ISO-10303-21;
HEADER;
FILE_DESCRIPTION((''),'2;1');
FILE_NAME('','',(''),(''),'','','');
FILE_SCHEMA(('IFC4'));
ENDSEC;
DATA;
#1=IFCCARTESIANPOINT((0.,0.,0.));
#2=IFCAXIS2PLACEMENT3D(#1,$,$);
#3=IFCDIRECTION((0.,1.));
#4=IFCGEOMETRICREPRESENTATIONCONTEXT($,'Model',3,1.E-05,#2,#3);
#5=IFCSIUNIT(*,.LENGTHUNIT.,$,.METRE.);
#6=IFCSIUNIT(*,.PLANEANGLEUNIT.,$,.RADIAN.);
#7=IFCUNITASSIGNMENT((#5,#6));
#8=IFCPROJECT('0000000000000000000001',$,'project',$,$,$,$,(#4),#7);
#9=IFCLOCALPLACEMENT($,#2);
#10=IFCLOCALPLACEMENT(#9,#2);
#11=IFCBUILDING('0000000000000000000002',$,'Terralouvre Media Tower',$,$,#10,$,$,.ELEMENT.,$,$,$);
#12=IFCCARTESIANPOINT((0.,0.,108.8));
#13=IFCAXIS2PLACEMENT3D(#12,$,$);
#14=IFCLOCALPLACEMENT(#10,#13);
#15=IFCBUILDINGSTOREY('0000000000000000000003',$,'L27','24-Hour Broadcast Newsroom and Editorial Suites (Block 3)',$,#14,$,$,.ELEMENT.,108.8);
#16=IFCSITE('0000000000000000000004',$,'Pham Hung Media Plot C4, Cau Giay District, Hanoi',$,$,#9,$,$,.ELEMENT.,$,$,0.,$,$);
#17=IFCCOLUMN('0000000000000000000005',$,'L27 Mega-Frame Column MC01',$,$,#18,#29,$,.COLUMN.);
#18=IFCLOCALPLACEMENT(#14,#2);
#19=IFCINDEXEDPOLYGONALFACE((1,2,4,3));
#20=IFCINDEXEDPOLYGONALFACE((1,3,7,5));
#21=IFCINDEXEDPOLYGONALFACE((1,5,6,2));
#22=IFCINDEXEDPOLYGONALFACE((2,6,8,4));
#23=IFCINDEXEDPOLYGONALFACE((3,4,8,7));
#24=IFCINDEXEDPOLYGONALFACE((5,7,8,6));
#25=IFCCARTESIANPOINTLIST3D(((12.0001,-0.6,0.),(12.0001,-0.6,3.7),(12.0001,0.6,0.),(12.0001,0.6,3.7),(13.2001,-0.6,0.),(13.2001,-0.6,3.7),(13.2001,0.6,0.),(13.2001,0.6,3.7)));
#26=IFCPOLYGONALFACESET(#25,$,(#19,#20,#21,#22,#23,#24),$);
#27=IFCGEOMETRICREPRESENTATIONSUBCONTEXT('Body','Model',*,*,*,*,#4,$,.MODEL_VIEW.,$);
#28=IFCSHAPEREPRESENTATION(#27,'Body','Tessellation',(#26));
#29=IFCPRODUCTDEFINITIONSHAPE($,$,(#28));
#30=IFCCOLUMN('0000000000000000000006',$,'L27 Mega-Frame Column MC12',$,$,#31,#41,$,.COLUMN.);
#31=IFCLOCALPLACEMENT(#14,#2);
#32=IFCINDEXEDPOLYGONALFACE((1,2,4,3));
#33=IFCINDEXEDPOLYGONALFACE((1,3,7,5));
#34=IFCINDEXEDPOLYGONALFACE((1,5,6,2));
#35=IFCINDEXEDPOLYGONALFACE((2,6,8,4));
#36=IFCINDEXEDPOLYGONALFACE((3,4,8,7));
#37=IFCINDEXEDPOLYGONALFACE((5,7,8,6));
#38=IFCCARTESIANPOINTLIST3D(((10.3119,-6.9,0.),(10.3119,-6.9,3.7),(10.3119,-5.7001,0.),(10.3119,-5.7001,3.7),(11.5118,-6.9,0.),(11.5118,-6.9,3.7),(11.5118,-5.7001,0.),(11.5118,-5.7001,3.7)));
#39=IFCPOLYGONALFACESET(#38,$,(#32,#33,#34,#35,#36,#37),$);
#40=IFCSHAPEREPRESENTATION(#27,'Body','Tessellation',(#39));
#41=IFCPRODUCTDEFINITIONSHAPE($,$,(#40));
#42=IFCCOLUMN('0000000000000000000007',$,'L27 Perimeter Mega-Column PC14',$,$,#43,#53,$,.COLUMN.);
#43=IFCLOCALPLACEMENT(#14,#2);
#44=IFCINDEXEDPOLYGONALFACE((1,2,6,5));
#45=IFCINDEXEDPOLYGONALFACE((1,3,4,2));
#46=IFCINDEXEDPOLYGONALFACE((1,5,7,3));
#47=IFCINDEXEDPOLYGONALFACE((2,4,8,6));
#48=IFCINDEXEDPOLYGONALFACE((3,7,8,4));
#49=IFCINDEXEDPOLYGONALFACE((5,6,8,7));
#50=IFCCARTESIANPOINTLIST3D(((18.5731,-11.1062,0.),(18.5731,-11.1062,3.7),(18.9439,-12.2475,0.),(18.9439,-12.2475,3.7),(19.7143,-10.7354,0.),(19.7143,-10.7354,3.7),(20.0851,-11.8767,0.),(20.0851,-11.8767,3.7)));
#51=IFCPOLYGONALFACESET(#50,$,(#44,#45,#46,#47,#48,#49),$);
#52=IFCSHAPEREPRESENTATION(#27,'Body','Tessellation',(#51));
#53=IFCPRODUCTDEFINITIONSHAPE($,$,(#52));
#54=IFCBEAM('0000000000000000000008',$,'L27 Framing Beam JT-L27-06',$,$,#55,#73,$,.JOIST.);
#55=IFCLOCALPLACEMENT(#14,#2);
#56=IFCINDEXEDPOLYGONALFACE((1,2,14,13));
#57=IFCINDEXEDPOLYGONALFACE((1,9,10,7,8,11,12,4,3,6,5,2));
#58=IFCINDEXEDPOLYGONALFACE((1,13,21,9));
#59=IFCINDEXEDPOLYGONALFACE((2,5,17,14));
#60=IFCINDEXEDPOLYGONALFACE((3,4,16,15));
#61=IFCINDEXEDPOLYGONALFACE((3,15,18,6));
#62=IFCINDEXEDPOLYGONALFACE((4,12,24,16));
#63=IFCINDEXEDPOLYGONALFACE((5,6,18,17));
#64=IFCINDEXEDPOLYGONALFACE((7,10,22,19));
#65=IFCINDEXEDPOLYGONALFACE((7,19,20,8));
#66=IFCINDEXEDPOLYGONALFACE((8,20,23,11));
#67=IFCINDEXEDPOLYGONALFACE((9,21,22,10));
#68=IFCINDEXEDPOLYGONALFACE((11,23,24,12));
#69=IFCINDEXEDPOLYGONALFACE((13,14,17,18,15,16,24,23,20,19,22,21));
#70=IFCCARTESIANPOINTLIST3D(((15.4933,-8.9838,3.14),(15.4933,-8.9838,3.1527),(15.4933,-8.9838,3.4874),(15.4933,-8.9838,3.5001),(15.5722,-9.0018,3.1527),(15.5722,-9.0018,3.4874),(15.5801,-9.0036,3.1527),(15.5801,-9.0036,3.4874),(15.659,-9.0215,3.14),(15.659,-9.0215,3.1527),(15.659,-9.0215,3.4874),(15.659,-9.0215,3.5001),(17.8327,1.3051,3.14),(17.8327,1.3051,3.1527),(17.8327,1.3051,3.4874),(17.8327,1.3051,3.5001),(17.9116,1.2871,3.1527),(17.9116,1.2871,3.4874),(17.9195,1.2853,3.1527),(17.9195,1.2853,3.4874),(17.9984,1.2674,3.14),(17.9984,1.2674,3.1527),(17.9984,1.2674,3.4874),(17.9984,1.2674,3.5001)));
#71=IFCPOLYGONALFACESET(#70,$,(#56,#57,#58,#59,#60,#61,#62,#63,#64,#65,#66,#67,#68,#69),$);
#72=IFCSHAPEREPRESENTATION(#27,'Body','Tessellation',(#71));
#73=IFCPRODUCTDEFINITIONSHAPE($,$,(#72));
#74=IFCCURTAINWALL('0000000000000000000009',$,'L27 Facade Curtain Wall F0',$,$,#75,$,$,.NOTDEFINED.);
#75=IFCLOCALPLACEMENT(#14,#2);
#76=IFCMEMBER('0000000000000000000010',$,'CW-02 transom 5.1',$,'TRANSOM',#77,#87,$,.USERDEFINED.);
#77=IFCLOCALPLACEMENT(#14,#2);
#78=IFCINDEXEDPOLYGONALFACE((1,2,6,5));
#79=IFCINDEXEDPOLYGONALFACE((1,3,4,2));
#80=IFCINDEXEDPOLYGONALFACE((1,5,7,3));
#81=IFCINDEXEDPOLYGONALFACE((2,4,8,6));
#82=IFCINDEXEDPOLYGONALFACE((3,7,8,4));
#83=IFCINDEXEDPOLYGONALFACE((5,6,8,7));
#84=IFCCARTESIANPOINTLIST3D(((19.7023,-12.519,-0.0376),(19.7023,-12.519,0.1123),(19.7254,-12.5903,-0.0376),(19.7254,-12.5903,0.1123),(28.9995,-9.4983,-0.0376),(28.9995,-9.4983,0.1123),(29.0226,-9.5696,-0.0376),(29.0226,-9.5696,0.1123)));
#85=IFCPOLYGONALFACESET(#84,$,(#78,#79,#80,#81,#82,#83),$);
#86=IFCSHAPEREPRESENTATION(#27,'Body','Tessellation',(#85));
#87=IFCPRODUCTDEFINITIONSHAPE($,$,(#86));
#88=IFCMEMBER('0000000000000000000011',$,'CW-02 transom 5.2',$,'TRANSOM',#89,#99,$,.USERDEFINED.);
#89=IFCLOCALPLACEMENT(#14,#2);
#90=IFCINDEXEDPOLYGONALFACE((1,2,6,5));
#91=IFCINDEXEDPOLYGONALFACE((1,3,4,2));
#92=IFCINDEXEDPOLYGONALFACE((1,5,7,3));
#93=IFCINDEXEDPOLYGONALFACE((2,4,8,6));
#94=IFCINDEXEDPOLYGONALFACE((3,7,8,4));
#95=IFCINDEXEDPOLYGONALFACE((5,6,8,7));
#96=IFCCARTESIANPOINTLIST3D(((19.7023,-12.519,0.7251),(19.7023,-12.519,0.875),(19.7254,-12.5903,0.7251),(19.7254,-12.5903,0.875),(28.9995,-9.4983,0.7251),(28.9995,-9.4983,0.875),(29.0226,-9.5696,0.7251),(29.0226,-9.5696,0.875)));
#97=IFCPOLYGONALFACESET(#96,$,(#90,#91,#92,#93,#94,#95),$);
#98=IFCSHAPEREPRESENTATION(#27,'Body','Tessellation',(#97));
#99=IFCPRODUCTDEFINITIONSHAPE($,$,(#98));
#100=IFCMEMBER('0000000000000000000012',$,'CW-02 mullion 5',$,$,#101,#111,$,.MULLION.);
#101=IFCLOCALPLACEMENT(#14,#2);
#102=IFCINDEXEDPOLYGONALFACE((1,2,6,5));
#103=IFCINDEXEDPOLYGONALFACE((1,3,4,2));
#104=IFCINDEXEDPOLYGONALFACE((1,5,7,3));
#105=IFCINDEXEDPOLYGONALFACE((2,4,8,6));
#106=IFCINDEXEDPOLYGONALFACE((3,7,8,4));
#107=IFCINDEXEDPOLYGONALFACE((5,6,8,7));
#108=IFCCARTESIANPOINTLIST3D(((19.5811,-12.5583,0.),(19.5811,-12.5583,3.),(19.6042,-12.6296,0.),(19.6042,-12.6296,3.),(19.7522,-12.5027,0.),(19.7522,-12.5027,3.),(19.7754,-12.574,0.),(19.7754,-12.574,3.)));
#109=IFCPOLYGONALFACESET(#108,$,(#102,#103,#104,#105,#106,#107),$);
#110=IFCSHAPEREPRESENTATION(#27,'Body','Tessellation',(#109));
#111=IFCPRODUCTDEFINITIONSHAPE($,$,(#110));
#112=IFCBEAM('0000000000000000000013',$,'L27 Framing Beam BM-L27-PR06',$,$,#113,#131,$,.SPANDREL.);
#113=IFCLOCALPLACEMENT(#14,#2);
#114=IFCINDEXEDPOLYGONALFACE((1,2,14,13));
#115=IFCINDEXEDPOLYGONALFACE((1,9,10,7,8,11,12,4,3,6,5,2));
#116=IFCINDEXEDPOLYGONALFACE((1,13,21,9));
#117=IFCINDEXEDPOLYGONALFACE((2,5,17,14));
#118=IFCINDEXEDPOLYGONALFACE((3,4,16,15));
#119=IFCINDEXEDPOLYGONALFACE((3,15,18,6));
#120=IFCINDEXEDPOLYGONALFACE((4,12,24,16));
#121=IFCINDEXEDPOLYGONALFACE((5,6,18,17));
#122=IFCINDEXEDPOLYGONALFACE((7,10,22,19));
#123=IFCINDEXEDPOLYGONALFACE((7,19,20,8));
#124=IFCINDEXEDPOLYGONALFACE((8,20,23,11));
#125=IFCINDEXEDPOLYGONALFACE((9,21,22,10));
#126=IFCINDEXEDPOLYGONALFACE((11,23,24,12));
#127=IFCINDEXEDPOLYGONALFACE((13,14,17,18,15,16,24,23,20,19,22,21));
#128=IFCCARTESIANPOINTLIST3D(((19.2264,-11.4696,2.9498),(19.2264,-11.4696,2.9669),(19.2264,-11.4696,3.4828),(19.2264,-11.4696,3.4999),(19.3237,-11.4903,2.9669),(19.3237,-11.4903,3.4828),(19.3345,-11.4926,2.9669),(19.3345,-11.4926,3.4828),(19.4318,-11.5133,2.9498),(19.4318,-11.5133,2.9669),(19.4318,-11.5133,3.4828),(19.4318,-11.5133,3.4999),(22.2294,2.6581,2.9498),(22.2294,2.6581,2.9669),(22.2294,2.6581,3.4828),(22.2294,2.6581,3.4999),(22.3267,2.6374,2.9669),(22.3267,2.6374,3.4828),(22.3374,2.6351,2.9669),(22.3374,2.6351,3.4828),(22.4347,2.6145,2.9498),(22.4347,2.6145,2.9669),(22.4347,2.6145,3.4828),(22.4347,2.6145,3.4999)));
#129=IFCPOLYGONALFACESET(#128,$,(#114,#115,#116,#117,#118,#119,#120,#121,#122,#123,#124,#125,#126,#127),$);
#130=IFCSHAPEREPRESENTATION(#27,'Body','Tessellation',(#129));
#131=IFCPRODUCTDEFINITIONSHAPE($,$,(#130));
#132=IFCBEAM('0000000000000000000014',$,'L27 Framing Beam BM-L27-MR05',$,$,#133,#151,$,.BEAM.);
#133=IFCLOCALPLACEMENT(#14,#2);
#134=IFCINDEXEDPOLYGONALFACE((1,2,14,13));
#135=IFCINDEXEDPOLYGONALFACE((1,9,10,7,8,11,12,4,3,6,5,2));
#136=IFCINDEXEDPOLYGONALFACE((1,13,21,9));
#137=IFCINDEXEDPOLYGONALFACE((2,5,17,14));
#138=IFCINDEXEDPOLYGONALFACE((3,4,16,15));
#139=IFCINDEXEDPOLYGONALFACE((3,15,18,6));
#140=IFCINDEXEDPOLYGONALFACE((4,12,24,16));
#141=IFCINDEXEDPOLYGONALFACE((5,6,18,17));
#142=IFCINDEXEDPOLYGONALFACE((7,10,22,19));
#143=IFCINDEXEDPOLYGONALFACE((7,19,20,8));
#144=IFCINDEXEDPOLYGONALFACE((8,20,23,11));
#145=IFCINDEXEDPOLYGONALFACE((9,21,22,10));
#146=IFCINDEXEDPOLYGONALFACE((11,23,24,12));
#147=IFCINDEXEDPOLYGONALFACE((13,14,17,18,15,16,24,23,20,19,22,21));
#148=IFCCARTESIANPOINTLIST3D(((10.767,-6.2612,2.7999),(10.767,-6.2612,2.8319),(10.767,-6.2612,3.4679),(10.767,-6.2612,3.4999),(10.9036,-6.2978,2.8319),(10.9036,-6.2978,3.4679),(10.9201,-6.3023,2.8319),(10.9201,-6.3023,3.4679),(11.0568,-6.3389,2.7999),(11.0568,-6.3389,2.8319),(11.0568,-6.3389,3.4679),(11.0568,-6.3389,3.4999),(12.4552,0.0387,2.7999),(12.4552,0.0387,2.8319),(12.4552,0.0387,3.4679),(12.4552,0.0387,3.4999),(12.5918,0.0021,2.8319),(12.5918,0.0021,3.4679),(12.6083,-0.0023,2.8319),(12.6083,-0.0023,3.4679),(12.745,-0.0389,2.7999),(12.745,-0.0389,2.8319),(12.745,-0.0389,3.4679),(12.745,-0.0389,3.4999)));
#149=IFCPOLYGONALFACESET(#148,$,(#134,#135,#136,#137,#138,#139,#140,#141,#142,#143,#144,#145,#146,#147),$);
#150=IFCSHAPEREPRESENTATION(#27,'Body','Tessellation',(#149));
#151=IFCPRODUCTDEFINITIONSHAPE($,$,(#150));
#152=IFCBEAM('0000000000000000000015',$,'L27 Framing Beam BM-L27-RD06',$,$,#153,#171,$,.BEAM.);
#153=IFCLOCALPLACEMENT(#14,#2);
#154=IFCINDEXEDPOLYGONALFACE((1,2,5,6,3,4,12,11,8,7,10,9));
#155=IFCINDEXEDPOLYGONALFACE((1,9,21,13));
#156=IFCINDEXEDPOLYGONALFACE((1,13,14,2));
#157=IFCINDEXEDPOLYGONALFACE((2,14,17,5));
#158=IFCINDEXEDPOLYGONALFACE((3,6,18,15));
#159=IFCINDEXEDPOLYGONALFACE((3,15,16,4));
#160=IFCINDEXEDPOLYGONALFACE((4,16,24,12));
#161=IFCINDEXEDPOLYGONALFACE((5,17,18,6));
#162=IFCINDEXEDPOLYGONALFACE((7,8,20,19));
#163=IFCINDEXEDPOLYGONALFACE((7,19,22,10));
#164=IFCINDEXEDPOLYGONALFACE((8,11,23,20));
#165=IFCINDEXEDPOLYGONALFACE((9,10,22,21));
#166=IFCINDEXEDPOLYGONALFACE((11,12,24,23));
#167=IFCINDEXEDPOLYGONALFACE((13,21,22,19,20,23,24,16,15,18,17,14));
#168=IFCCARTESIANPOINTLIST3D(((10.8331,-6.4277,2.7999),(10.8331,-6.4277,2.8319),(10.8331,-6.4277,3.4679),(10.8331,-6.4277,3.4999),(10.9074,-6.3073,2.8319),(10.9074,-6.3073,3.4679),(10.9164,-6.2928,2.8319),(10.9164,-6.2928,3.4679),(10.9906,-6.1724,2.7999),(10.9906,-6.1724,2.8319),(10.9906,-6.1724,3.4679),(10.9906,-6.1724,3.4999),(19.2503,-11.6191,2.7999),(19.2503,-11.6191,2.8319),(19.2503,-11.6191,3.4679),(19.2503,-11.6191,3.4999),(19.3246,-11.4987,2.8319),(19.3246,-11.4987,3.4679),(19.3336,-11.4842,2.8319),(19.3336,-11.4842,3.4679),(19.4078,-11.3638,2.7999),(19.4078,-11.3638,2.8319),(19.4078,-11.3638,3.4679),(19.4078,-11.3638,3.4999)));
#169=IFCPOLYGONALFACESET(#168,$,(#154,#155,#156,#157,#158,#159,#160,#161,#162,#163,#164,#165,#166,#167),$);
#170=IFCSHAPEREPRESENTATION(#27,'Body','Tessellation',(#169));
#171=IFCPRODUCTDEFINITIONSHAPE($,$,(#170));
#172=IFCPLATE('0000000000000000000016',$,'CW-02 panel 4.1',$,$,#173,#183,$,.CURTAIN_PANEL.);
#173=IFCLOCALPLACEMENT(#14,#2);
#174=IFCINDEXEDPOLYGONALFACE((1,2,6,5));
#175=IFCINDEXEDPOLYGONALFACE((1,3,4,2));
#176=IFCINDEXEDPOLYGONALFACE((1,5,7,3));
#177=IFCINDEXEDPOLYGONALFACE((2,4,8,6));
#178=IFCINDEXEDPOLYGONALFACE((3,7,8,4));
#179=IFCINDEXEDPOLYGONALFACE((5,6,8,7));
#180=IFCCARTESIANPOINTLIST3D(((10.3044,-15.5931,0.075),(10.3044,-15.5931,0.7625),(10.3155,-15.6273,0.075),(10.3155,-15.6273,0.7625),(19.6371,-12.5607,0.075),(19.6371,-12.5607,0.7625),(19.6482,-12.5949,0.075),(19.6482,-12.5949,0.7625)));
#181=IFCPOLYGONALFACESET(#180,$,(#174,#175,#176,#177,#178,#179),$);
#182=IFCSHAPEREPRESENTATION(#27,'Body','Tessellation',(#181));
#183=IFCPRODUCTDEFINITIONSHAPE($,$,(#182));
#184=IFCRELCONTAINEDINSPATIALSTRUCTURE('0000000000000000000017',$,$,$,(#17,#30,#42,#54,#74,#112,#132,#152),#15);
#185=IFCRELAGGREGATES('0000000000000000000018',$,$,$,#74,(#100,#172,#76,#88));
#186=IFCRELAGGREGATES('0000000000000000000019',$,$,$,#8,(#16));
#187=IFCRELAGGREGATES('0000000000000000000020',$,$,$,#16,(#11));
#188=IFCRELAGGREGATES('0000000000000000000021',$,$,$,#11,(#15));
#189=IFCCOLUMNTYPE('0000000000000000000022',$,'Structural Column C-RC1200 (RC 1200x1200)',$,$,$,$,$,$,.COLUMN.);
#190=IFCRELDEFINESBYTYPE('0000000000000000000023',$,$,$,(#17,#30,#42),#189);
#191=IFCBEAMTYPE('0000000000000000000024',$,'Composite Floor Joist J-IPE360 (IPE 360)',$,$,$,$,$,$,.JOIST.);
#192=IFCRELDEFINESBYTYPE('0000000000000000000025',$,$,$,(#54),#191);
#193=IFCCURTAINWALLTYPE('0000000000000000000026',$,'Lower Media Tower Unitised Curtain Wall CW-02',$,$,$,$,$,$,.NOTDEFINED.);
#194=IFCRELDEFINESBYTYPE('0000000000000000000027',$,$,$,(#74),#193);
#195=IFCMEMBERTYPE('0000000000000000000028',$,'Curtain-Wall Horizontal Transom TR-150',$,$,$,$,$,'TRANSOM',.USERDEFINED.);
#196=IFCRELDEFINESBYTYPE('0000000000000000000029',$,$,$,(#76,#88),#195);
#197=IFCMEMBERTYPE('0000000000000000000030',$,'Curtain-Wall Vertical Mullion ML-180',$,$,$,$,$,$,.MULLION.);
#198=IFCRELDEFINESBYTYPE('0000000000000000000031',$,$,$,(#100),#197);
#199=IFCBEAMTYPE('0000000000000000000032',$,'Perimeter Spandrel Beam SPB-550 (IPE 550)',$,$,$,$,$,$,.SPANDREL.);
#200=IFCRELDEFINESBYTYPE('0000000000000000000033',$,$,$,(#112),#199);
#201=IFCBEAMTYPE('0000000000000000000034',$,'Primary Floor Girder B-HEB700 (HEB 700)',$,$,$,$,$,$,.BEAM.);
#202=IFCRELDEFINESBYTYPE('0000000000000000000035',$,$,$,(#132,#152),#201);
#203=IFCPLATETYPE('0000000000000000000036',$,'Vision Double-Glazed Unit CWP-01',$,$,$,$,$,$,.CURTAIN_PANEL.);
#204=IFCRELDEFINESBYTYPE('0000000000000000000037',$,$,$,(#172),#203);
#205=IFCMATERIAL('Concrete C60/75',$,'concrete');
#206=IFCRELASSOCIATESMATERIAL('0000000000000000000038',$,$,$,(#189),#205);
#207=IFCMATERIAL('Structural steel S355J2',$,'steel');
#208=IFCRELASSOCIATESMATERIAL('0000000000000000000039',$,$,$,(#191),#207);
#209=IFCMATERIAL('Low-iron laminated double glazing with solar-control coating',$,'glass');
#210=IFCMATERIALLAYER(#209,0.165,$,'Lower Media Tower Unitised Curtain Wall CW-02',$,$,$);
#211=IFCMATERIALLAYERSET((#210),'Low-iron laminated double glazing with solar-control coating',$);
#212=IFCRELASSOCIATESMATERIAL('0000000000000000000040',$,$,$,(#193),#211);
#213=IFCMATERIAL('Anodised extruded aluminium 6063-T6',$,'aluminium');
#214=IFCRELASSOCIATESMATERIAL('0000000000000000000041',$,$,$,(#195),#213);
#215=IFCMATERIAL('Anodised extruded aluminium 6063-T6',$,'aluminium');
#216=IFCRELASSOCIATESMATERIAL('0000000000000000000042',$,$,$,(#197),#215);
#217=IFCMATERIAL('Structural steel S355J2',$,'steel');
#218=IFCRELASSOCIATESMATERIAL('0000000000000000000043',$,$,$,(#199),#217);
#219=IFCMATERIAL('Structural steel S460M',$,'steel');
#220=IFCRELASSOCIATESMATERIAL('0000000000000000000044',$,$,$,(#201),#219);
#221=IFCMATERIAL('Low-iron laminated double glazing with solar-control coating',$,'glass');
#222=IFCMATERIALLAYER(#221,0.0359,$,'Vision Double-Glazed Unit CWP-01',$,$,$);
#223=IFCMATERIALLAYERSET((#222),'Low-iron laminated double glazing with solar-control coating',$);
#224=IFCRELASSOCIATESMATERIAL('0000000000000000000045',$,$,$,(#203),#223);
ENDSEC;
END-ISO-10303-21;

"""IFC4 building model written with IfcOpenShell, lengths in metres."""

from ifc_helpers import new_model, si_unit, direction, frame, origin, origin_2d, place, context, subcontext, project, spatial, rectangle, i_section, extrude, material, layer, layer_set, material_profile, profile_set, type_object, element, aggregate, save


model = new_model("IFC4")

# Units and contexts
model_context = context("Model", 3, precision=1e-05, world=origin(), true_north=direction((0.0, 1.0)))
body_context = subcontext(model_context, "Body", "Model", "MODEL_VIEW")
ifc_project = project(units=[si_unit("LENGTHUNIT", "METRE"), si_unit("PLANEANGLEUNIT", "RADIAN")], contexts=[model_context])

# Site, building, storey
site_placement = place(None, origin())
site = spatial("IfcSite", under=ifc_project, at=site_placement, Name="Pham Hung Media Plot C4, Cau Giay District, Hanoi", CompositionType="ELEMENT", RefElevation=0.0)
building_placement = place(site_placement, origin())
building = spatial("IfcBuilding", under=site, at=building_placement, Name="Terralouvre Media Tower", CompositionType="ELEMENT")
storey_placement = place(building_placement, frame((0.0, 0.0, 108.8)))
storey = spatial("IfcBuildingStorey", under=building, at=storey_placement, Name="L27", Description="24-Hour Broadcast Newsroom and Editorial Suites (Block 3)", CompositionType="ELEMENT", Elevation=108.8)

# Columns
ifc_material_1 = material(Name="Concrete C60/75", Category="concrete")
ifc_material_profile_1 = material_profile(ifc_material_1, rectangle(XDim=1.2, YDim=1.2, at=origin_2d()), Name="RC 1200x1200")
ifc_profile_set_1 = profile_set([ifc_material_profile_1], Name="Concrete C60/75")
column_type = type_object("IfcColumnType", Name="Structural Column C-RC1200 (RC 1200x1200)", PredefinedType="COLUMN", material=ifc_profile_set_1)
for number, where, z_axis, x_axis, name in (
    (1, (12.6001, 0.0, 0.0), (0.0, 0.0, 1.0), (1.0, 0.0, 0.0), "L27 Mega-Frame Column MC01"),
    (2, (10.9119, -6.3, 0.0), (0.0, 0.0, 1.0), (1.0, 0.0, 0.0), "L27 Mega-Frame Column MC12"),
    (3, (19.3291, -11.4915, 0.0), (0.0, 0.0, 1.0), (0.951057, 0.309017, 0.0), "L27 Perimeter Mega-Column PC14"),
):
    element("IfcColumn", number, at=place(storey_placement, frame(where, z_axis=z_axis, x_axis=x_axis)), inside=storey, type_object=column_type, Name=name, PredefinedType="COLUMN", context=body_context, shape_type="SweptSolid", body=[
        extrude(rectangle(XDim=1.2, YDim=1.2, at=origin_2d()), origin(), (0.0, 0.0, 1.0), 3.7),
    ])

# Beam
ifc_material_2 = material(Name="Structural steel S355J2", Category="steel")
ifc_material_profile_2 = material_profile(ifc_material_2, i_section(OverallWidth=0.1699, OverallDepth=0.3601, WebThickness=0.0081, FlangeThickness=0.0127, at=origin_2d()), Name="IPE 360")
ifc_profile_set_2 = profile_set([ifc_material_profile_2], Name="Structural steel S355J2")
beam_type_1 = type_object("IfcBeamType", Name="Composite Floor Joist J-IPE360 (IPE 360)", PredefinedType="JOIST", material=ifc_profile_set_2)
beam_1_placement = place(storey_placement, frame((15.5762, -9.0027, 3.3201), z_axis=(0.22171, 0.975113, 0.0), x_axis=(-0.975113, 0.22171, 0.0)))
element("IfcBeam", 4, at=beam_1_placement, inside=storey, type_object=beam_type_1, Name="L27 Framing Beam JT-L27-06", PredefinedType="JOIST", context=body_context, shape_type="SweptSolid", body=[
    extrude(i_section(OverallWidth=0.1699, OverallDepth=0.3601, WebThickness=0.0081, FlangeThickness=0.0127, at=origin_2d()), origin(), (0.0, 0.0, 1.0), 10.5515),
])

# Curtain wall, members
ifc_material_3 = material(Name="Low-iron laminated double glazing with solar-control coating", Category="glass")
ifc_layer_1 = layer(ifc_material_3, 0.165, Name="Lower Media Tower Unitised Curtain Wall CW-02")
ifc_layer_set_1 = layer_set([ifc_layer_1], Name="Low-iron laminated double glazing with solar-control coating")
curtain_wall_type = type_object("IfcCurtainWallType", Name="Lower Media Tower Unitised Curtain Wall CW-02", PredefinedType="NOTDEFINED", material=ifc_layer_set_1)
curtain_wall_placement = place(storey_placement, origin())
curtain_wall = element("IfcCurtainWall", 5, at=curtain_wall_placement, inside=storey, type_object=curtain_wall_type, Name="L27 Facade Curtain Wall F0", PredefinedType="NOTDEFINED")
ifc_material_4 = material(Name="Anodised extruded aluminium 6063-T6", Category="aluminium")
ifc_material_profile_3 = material_profile(ifc_material_4, rectangle(XDim=0.075, YDim=0.1499, at=origin_2d()), Name="ALU 75x150")
ifc_profile_set_3 = profile_set([ifc_material_profile_3], Name="Anodised extruded aluminium 6063-T6")
member_type_1 = type_object("IfcMemberType", Name="Curtain-Wall Horizontal Transom TR-150", ElementType="TRANSOM", PredefinedType="USERDEFINED", material=ifc_profile_set_3)
member_1_placement = place(storey_placement, frame((19.7139, -12.5547, 0.0374), z_axis=(0.951058, 0.309011, 0.0), x_axis=(-0.309011, 0.951058, 0.0)))
member_1 = element("IfcMember", 6, at=member_1_placement, type_object=member_type_1, Name="CW-02 transom 5.1", ObjectType="TRANSOM", PredefinedType="USERDEFINED", context=body_context, shape_type="SweptSolid", body=[
    extrude(rectangle(XDim=0.075, YDim=0.1499, at=origin_2d()), origin(), (0.0, 0.0, 1.0), 9.7756),
])
member_2_placement = place(storey_placement, frame((19.7139, -12.5547, 0.8), z_axis=(0.951058, 0.309011, 0.0), x_axis=(-0.309011, 0.951058, 0.0)))
member_2 = element("IfcMember", 7, at=member_2_placement, type_object=member_type_1, Name="CW-02 transom 5.2", ObjectType="TRANSOM", PredefinedType="USERDEFINED", context=body_context, shape_type="SweptSolid", body=[
    extrude(rectangle(XDim=0.075, YDim=0.1499, at=origin_2d()), origin(), (0.0, 0.0, 1.0), 9.7756),
])
ifc_material_5 = material(Name="Anodised extruded aluminium 6063-T6", Category="aluminium")
ifc_material_profile_4 = material_profile(ifc_material_5, rectangle(XDim=0.075, YDim=0.1799, at=origin_2d()), Name="ALU 75x180")
ifc_profile_set_4 = profile_set([ifc_material_profile_4], Name="Anodised extruded aluminium 6063-T6")
member_type_2 = type_object("IfcMemberType", Name="Curtain-Wall Vertical Mullion ML-180", PredefinedType="MULLION", material=ifc_profile_set_4)
member_3_placement = place(storey_placement, frame((19.6782, -12.5662, 0.0), z_axis=(0.0, 0.0, 1.0), x_axis=(-0.309017, 0.951057, 0.0)))
member_3 = element("IfcMember", 8, at=member_3_placement, type_object=member_type_2, Name="CW-02 mullion 5", PredefinedType="MULLION", context=body_context, shape_type="SweptSolid", body=[
    extrude(rectangle(XDim=0.075, YDim=0.1799, at=origin_2d()), origin(), (0.0, 0.0, 1.0), 3.0),
])

# Beams
ifc_material_6 = material(Name="Structural steel S355J2", Category="steel")
ifc_material_profile_5 = material_profile(ifc_material_6, i_section(OverallWidth=0.21, OverallDepth=0.55, WebThickness=0.011, FlangeThickness=0.0171, at=origin_2d()), Name="IPE 550")
ifc_profile_set_5 = profile_set([ifc_material_profile_5], Name="Structural steel S355J2")
beam_type_2 = type_object("IfcBeamType", Name="Perimeter Spandrel Beam SPB-550 (IPE 550)", PredefinedType="SPANDREL", material=ifc_profile_set_5)
beam_2_placement = place(storey_placement, frame((19.3291, -11.4915, 3.2249), z_axis=(0.207912, 0.978148, 0.0), x_axis=(-0.978148, 0.207912, 0.0)))
element("IfcBeam", 9, at=beam_2_placement, inside=storey, type_object=beam_type_2, Name="L27 Framing Beam BM-L27-PR06", PredefinedType="SPANDREL", context=body_context, shape_type="SweptSolid", body=[
    extrude(i_section(OverallWidth=0.21, OverallDepth=0.55, WebThickness=0.011, FlangeThickness=0.0171, at=origin_2d()), origin(), (0.0, 0.0, 1.0), 14.4434),
])
ifc_material_7 = material(Name="Structural steel S460M", Category="steel")
ifc_material_profile_6 = material_profile(ifc_material_7, i_section(OverallWidth=0.3, OverallDepth=0.7, WebThickness=0.0171, FlangeThickness=0.032, at=origin_2d()), Name="HEB 700")
ifc_profile_set_6 = profile_set([ifc_material_profile_6], Name="Structural steel S460M")
beam_type_3 = type_object("IfcBeamType", Name="Primary Floor Girder B-HEB700 (HEB 700)", PredefinedType="BEAM", material=ifc_profile_set_6)
beam_3_placement = place(storey_placement, frame((10.9119, -6.3, 3.1499), z_axis=(0.258839, 0.96592, 0.0), x_axis=(-0.96592, 0.258839, 0.0)))
element("IfcBeam", 10, at=beam_3_placement, inside=storey, type_object=beam_type_3, Name="L27 Framing Beam BM-L27-MR05", PredefinedType="BEAM", context=body_context, shape_type="SweptSolid", body=[
    extrude(i_section(OverallWidth=0.3, OverallDepth=0.7, WebThickness=0.0171, FlangeThickness=0.032, at=origin_2d()), origin(), (0.0, 0.0, 1.0), 6.5222),
])
beam_4_placement = place(storey_placement, frame((10.9119, -6.3, 3.1499), z_axis=(0.851136, -0.524946, 0.0), x_axis=(0.524946, 0.851136, 0.0)))
element("IfcBeam", 11, at=beam_4_placement, inside=storey, type_object=beam_type_3, Name="L27 Framing Beam BM-L27-RD06", PredefinedType="BEAM", context=body_context, shape_type="SweptSolid", body=[
    extrude(i_section(OverallWidth=0.3, OverallDepth=0.7, WebThickness=0.0171, FlangeThickness=0.032, at=origin_2d()), origin(), (0.0, 0.0, 1.0), 9.8894),
])

# Plate
ifc_material_8 = material(Name="Low-iron laminated double glazing with solar-control coating", Category="glass")
ifc_layer_2 = layer(ifc_material_8, 0.0359, Name="Vision Double-Glazed Unit CWP-01")
ifc_layer_set_2 = layer_set([ifc_layer_2], Name="Low-iron laminated double glazing with solar-control coating")
plate_type = type_object("IfcPlateType", Name="Vision Double-Glazed Unit CWP-01", PredefinedType="CURTAIN_PANEL", material=ifc_layer_set_2)
plate_1_placement = place(storey_placement, frame((14.9763, -14.094, 0.075), z_axis=(0.0, 0.0, 1.0), x_axis=(0.951057, 0.309017, 0.0)))
plate_1 = element("IfcPlate", 12, at=plate_1_placement, type_object=plate_type, Name="CW-02 panel 4.1", PredefinedType="CURTAIN_PANEL", context=body_context, shape_type="SweptSolid", body=[
    extrude(rectangle(XDim=9.813, YDim=0.0359, at=origin_2d()), origin(), (0.0, 0.0, 1.0), 0.6875),
])
aggregate(curtain_wall, [member_3, plate_1, member_1, member_2])

save(model, "model.ifc")
